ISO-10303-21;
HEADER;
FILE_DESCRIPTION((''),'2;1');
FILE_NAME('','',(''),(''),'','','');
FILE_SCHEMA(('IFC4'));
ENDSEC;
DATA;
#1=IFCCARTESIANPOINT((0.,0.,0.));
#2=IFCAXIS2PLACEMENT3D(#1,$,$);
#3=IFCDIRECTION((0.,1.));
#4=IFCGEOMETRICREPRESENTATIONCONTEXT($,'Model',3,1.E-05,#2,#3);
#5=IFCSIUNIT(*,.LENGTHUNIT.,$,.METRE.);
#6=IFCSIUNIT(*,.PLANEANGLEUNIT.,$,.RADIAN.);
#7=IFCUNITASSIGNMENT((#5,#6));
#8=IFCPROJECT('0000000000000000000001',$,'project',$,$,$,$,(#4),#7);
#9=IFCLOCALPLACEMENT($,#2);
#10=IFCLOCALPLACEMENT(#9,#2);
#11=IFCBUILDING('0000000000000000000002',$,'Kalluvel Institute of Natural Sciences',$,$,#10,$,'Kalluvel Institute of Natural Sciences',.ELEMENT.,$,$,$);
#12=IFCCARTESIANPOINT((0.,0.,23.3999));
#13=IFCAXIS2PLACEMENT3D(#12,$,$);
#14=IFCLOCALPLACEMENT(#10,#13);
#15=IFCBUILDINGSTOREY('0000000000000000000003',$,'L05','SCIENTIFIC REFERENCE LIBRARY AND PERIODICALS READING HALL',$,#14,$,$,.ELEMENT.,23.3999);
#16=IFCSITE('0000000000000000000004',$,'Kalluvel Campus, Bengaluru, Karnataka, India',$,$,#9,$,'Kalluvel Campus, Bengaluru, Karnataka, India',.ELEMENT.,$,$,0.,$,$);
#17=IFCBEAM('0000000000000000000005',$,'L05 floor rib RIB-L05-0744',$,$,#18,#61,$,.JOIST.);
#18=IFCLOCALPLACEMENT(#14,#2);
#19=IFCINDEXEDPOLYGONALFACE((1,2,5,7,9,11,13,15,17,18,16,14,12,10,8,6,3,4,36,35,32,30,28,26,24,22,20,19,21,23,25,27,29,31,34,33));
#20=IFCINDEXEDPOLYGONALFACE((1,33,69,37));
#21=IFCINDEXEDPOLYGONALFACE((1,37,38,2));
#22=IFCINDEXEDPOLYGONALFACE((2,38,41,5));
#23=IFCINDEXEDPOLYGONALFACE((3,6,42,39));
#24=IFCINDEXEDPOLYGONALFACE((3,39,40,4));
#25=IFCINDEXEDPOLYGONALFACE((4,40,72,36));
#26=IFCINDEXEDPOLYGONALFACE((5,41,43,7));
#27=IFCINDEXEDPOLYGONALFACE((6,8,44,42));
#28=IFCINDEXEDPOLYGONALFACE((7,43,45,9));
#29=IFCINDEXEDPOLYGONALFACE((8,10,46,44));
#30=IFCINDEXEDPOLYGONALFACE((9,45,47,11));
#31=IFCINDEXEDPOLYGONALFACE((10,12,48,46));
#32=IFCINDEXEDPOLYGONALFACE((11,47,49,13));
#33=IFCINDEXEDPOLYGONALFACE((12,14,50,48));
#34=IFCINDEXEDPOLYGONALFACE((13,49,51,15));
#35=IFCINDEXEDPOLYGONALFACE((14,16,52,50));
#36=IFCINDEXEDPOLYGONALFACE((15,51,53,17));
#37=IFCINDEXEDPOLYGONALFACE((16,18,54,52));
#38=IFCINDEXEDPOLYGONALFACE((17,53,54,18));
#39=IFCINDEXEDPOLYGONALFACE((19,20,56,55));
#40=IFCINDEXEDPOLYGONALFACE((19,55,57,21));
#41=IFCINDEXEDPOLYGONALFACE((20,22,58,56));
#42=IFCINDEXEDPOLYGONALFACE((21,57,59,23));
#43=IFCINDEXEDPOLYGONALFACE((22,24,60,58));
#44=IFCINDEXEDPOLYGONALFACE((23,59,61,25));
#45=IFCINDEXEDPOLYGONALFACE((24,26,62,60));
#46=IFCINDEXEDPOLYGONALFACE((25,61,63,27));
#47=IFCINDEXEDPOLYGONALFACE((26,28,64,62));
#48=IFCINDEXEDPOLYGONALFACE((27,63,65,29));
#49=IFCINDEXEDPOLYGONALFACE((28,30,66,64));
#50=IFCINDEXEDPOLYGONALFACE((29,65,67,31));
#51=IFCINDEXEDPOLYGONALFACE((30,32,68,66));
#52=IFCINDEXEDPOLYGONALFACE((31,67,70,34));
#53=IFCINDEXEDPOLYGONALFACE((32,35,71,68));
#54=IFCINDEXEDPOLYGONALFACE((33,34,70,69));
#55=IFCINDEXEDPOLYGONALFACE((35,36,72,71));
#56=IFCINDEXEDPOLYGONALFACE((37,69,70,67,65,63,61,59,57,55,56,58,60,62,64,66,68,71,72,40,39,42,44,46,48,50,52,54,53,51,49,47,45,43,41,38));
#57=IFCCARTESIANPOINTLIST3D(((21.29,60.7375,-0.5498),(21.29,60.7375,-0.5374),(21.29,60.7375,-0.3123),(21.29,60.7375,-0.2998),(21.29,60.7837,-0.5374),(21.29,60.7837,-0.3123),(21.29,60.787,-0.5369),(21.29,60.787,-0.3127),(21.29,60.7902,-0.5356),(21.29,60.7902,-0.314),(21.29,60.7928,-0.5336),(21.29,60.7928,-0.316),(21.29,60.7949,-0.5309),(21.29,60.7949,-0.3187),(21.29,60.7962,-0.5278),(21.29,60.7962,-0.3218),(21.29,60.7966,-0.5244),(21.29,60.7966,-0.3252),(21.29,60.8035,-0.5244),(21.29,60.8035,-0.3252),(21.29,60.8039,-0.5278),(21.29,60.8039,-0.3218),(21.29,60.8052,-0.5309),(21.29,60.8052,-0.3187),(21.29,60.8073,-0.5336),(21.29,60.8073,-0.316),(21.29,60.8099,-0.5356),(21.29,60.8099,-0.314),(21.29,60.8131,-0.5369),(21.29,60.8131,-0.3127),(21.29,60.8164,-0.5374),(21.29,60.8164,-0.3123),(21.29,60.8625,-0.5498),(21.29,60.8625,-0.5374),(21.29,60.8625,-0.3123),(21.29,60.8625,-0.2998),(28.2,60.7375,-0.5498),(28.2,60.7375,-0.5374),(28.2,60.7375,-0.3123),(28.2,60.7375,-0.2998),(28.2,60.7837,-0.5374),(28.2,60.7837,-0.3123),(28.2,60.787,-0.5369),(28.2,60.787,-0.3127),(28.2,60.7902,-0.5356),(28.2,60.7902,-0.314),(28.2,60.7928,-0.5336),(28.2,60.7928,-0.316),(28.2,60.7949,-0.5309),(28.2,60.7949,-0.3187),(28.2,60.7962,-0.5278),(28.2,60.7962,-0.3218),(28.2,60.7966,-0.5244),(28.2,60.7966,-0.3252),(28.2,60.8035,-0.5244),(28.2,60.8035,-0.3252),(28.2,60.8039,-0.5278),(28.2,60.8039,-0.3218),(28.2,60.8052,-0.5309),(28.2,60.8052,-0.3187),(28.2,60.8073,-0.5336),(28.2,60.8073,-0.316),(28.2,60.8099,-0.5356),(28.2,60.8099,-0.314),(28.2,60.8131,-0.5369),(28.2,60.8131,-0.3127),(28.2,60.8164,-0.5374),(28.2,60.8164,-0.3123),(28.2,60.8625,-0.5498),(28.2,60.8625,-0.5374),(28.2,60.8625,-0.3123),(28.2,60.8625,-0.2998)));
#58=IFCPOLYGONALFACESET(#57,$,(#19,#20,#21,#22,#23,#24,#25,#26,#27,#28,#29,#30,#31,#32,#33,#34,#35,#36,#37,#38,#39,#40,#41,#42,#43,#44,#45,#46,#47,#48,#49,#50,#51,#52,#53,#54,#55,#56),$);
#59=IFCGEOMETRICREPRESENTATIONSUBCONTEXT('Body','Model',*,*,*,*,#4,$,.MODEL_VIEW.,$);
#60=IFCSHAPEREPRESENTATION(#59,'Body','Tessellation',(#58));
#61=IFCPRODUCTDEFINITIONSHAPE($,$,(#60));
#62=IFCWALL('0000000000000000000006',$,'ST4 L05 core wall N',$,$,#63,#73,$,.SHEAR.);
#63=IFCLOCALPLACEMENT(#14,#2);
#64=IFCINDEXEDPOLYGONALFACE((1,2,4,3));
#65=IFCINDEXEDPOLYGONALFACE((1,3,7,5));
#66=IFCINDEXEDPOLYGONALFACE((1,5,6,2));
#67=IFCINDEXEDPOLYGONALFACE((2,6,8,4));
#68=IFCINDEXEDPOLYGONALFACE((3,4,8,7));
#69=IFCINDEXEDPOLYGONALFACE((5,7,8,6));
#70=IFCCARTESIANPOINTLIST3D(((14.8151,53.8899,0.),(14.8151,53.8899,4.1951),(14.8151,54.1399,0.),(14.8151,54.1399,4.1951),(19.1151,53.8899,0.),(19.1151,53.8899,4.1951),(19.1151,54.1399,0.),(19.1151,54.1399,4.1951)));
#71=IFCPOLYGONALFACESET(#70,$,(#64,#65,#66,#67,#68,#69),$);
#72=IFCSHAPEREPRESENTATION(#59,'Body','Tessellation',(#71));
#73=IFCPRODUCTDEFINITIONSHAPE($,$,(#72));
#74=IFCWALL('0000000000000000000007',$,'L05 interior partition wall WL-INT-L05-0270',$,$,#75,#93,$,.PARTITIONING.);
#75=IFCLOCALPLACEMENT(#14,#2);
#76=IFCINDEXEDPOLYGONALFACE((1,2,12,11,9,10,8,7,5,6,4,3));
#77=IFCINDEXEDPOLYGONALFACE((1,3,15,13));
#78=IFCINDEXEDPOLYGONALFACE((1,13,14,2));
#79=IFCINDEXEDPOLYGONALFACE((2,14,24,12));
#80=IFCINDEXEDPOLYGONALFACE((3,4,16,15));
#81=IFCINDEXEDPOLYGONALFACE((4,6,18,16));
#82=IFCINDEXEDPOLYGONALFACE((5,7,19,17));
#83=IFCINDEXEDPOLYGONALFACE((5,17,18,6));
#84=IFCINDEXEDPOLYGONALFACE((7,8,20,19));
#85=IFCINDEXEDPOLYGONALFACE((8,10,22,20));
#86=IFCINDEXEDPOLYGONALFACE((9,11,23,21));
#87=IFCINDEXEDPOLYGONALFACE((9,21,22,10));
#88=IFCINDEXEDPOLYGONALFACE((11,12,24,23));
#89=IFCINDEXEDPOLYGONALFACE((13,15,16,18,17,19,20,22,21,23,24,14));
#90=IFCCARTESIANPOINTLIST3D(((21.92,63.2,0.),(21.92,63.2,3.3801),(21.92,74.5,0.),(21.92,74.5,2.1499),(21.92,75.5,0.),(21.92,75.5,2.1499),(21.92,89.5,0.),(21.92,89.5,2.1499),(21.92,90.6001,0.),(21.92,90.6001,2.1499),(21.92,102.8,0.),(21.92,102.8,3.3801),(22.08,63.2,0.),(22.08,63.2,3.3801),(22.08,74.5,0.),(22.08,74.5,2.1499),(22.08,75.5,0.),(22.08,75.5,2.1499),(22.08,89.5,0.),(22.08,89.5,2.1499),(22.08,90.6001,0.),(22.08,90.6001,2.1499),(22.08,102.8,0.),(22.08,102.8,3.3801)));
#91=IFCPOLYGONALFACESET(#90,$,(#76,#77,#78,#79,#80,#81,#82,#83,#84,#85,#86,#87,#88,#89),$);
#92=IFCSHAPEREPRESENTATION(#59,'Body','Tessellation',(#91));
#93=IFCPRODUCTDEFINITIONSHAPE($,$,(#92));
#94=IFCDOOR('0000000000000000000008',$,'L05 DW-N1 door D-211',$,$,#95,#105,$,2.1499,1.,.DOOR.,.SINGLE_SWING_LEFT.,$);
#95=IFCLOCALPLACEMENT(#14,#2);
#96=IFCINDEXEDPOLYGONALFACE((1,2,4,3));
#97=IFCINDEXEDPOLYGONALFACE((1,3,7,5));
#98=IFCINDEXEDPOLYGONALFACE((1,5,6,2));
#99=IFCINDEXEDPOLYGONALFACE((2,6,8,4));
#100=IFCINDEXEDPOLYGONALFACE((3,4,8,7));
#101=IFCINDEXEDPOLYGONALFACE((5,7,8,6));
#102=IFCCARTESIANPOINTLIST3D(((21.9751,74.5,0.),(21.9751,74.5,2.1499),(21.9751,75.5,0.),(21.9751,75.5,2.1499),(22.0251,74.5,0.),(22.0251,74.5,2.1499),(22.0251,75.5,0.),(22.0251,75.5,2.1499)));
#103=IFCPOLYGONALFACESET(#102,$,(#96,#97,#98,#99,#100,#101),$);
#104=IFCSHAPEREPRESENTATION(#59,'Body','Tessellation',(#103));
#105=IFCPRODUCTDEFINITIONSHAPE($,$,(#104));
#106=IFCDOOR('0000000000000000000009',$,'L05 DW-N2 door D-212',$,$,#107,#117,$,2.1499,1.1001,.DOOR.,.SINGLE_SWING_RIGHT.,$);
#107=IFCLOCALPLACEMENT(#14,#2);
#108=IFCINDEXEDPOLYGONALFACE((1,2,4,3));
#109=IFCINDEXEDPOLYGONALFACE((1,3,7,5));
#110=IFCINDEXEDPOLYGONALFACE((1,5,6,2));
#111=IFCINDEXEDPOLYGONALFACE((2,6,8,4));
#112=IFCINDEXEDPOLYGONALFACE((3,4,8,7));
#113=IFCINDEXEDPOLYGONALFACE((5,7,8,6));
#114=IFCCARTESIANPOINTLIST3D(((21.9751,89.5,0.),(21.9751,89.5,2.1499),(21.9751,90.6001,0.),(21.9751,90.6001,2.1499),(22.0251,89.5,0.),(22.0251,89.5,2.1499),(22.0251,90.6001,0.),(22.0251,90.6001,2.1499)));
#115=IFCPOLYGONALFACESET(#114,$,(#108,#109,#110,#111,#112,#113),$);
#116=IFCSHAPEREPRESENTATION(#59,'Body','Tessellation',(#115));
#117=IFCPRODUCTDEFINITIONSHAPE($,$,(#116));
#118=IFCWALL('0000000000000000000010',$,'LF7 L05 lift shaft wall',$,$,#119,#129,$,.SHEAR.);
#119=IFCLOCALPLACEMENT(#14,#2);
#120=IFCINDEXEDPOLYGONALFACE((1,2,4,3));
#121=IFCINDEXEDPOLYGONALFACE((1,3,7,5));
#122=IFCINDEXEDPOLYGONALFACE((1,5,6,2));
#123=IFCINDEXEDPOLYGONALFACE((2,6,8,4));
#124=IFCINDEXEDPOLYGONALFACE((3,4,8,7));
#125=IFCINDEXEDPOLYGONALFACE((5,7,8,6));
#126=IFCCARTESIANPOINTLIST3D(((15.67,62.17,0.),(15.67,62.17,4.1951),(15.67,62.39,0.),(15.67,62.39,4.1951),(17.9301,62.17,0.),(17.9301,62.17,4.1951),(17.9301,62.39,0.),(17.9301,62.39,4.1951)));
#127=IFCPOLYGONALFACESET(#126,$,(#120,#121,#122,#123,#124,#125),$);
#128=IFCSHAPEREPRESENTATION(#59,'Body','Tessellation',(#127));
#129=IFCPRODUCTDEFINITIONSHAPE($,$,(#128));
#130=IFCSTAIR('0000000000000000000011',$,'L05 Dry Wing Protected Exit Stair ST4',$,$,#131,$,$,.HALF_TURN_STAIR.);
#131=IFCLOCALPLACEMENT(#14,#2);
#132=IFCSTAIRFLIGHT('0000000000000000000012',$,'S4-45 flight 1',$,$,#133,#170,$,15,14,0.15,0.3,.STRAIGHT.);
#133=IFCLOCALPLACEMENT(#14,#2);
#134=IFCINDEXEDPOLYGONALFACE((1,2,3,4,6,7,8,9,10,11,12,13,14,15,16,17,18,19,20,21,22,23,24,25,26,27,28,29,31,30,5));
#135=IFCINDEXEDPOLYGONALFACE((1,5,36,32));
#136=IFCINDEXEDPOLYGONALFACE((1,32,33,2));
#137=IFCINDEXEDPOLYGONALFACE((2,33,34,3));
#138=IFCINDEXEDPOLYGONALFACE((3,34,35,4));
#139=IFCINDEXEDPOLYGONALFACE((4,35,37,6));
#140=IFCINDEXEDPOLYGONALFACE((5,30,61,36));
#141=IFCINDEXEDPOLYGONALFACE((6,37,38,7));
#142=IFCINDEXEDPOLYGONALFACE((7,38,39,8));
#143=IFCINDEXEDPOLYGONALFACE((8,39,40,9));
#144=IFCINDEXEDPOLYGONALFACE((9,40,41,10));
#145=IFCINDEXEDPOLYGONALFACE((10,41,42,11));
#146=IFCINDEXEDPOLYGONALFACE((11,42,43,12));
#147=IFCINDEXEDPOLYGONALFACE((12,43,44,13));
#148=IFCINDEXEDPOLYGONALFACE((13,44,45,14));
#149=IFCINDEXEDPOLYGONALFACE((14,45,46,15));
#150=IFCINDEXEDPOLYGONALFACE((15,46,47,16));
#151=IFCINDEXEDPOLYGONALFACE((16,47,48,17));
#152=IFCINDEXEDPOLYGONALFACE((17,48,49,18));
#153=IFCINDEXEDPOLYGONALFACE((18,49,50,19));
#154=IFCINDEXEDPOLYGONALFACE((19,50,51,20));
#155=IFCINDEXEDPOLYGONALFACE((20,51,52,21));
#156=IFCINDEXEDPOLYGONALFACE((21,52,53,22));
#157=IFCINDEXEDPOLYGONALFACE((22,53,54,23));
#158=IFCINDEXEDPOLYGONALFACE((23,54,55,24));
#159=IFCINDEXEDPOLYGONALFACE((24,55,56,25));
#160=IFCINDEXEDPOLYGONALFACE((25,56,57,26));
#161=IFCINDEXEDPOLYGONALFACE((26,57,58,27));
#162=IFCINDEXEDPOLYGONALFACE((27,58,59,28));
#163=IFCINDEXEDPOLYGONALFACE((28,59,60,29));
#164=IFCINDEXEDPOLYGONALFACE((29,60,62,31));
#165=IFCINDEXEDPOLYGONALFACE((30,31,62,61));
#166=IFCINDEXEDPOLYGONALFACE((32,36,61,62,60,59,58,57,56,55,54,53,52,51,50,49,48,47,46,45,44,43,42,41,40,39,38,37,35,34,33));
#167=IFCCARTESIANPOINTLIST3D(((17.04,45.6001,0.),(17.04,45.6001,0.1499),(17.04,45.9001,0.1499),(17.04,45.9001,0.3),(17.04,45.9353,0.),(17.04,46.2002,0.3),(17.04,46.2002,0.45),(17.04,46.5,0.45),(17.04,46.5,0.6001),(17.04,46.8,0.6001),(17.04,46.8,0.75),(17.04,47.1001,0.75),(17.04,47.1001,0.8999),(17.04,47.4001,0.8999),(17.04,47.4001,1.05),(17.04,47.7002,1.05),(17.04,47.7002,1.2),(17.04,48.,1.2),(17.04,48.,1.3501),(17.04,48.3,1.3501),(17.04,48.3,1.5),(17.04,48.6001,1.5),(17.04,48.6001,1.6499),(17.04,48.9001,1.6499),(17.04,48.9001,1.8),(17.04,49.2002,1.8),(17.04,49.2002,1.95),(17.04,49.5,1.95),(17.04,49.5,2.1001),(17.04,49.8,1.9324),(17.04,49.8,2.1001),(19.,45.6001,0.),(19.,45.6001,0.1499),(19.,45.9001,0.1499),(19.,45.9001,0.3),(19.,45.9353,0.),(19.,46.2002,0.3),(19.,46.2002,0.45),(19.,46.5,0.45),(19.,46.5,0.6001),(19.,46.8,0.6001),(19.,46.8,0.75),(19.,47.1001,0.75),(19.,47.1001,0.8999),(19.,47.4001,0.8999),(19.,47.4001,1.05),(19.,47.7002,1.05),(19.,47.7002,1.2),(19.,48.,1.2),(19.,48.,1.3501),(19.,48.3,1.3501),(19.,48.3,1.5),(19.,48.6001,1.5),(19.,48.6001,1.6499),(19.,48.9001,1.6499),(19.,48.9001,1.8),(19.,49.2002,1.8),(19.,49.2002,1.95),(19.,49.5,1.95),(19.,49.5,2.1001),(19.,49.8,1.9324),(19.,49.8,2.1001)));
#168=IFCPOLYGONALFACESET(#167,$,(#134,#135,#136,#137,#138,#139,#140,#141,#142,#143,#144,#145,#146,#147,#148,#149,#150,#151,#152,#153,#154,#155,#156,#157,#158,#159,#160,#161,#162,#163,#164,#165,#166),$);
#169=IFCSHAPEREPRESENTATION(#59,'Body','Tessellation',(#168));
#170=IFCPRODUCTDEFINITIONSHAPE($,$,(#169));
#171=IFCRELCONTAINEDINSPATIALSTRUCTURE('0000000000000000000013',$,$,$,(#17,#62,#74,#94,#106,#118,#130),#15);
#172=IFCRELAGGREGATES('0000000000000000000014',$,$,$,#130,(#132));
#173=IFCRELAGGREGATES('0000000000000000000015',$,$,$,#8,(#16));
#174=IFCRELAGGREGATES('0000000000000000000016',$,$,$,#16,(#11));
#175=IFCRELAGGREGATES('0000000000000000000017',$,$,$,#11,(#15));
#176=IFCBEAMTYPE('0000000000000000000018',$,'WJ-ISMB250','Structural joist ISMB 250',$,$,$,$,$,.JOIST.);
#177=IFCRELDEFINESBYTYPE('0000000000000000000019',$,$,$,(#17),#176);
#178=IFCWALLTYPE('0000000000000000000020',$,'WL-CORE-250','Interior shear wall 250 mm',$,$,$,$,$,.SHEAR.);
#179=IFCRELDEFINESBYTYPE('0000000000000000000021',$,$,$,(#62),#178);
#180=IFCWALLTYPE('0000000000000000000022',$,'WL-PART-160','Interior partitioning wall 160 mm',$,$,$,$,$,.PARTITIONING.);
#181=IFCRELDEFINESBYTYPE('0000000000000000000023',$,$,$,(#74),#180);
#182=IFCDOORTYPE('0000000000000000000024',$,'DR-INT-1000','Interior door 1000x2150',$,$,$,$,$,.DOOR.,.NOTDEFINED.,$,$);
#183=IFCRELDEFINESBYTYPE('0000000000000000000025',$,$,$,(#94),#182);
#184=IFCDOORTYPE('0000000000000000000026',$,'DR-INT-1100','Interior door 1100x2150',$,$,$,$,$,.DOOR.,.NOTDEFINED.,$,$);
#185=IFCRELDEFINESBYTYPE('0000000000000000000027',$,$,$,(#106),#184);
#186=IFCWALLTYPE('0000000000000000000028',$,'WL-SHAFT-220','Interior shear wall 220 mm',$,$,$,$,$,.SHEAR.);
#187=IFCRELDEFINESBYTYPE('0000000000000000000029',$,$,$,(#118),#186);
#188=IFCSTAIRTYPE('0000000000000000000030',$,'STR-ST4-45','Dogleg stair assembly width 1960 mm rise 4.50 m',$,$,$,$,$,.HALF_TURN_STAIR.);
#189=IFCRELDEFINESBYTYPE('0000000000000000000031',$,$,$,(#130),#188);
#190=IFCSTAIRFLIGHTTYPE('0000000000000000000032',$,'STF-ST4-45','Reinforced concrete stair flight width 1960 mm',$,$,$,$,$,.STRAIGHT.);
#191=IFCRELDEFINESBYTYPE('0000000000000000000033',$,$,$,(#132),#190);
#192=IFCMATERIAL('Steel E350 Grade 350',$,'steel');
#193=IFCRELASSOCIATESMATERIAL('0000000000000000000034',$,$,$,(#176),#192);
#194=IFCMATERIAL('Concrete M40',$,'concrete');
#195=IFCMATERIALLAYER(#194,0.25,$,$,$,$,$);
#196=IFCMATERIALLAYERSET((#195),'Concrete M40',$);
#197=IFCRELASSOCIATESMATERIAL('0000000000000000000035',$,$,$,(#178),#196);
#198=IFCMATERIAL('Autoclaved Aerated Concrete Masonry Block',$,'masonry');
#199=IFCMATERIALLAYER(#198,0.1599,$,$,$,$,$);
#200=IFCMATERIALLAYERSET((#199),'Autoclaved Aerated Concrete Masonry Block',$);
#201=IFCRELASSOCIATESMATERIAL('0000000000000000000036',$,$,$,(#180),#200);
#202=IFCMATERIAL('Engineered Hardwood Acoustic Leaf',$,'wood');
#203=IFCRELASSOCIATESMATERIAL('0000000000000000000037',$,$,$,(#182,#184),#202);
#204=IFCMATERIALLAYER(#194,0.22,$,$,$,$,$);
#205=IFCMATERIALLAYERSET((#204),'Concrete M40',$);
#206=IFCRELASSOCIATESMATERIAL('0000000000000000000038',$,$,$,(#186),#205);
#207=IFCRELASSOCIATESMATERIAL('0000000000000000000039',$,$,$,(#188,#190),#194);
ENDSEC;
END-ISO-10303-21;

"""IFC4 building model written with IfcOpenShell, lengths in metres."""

from ifc_helpers import new_model, si_unit, direction, frame, frame_2d, origin, origin_2d, place, context, subcontext, project, spatial, polyline, rectangle, i_section, outline, extrude, material, layer, layer_set, material_profile, profile_set, type_object, element, fill, aggregate, save


model = new_model("IFC4")

# Units and contexts
model_context = context("Model", 3, precision=1e-05, world=origin(), true_north=direction((0.0, 1.0)))
body_context = subcontext(model_context, "Body", "Model", "MODEL_VIEW")
ifc_project = project(units=[si_unit("LENGTHUNIT", "METRE"), si_unit("PLANEANGLEUNIT", "RADIAN")], contexts=[model_context])

# Site, building, storey
site_placement = place(None, origin())
site = spatial("IfcSite", under=ifc_project, at=site_placement, Name="Kalluvel Campus, Bengaluru, Karnataka, India", LongName="Kalluvel Campus, Bengaluru, Karnataka, India", CompositionType="ELEMENT", RefElevation=0.0)
building_placement = place(site_placement, origin())
building = spatial("IfcBuilding", under=site, at=building_placement, Name="Kalluvel Institute of Natural Sciences", LongName="Kalluvel Institute of Natural Sciences", CompositionType="ELEMENT")
storey_placement = place(building_placement, frame((0.0, 0.0, 23.3999)))
storey = spatial("IfcBuildingStorey", under=building, at=storey_placement, Name="L05", Description="SCIENTIFIC REFERENCE LIBRARY AND PERIODICALS READING HALL", CompositionType="ELEMENT", Elevation=23.3999)

# Shared definitions
ifc_material_1 = material(Name="Concrete M40", Category="concrete")

# Beam
ifc_material_2 = material(Name="Steel E350 Grade 350", Category="steel")
ifc_material_profile_1 = material_profile(ifc_material_2, i_section(OverallWidth=0.125, OverallDepth=0.25, WebThickness=0.0068, FlangeThickness=0.0125, FilletRadius=0.0129, at=origin_2d()), Name="ISMB 250")
ifc_profile_set_1 = profile_set([ifc_material_profile_1], Name="Steel E350 Grade 350")
beam_type_1 = type_object("IfcBeamType", Name="WJ-ISMB250", Description="Structural joist ISMB 250", PredefinedType="JOIST", material=ifc_profile_set_1)
beam_1_placement = place(storey_placement, frame((21.29, 60.8, -0.4248), z_axis=(1.0, 0.0, 0.0), x_axis=(0.0, 1.0, 0.0)))
element("IfcBeam", 1, at=beam_1_placement, inside=storey, type_object=beam_type_1, Name="L05 floor rib RIB-L05-0744", PredefinedType="JOIST", context=body_context, shape_type="SweptSolid", body=[
    extrude(i_section(OverallWidth=0.125, OverallDepth=0.25, WebThickness=0.0068, FlangeThickness=0.0125, FilletRadius=0.0129, at=origin_2d()), origin(), (0.0, 0.0, 1.0), 6.9099),
])

# Wall
ifc_layer_1 = layer(ifc_material_1, 0.25)
ifc_layer_set_1 = layer_set([ifc_layer_1], Name="Concrete M40")
wall_type_1 = type_object("IfcWallType", Name="WL-CORE-250", Description="Interior shear wall 250 mm", PredefinedType="SHEAR", material=ifc_layer_set_1)
wall_1_placement = place(storey_placement, frame((19.115, 54.0149, 0.0), z_axis=(0.0, 0.0, 1.0), x_axis=(-1.0, 0.0, 0.0)))
element("IfcWall", 2, at=wall_1_placement, inside=storey, type_object=wall_type_1, Name="ST4 L05 core wall N", PredefinedType="SHEAR", context=body_context, shape_type="SweptSolid", body=[
    extrude(rectangle(XDim=4.3, YDim=0.25, at=frame_2d((2.1499, 0.0))), origin(), (0.0, 0.0, 1.0), 4.1951),
])

# Wall, openings, doors
ifc_material_3 = material(Name="Autoclaved Aerated Concrete Masonry Block", Category="masonry")
ifc_layer_2 = layer(ifc_material_3, 0.1599)
ifc_layer_set_2 = layer_set([ifc_layer_2], Name="Autoclaved Aerated Concrete Masonry Block")
wall_type_2 = type_object("IfcWallType", Name="WL-PART-160", Description="Interior partitioning wall 160 mm", PredefinedType="PARTITIONING", material=ifc_layer_set_2)
wall_2_placement = place(storey_placement, frame((22.0, 63.2, 0.0), z_axis=(0.0, 0.0, 1.0), x_axis=(0.0, 1.0, 0.0)))
wall_2 = element("IfcWall", 3, at=wall_2_placement, inside=storey, type_object=wall_type_2, Name="L05 interior partition wall WL-INT-L05-0270", PredefinedType="PARTITIONING", context=body_context, shape_type="SweptSolid", body=[
    extrude(rectangle(XDim=39.6001, YDim=0.1599, at=frame_2d((19.8, 0.0))), origin(), (0.0, 0.0, 1.0), 3.3801),
])
opening_1_placement = place(wall_2_placement, frame((11.3, 0.0, 0.0)))
opening_1 = element("IfcOpeningElement", 4, at=opening_1_placement, cuts=wall_2, PredefinedType="OPENING", context=body_context, shape_type="SweptSolid", body=[
    extrude(rectangle(XDim=1.0, YDim=2.1499, at=frame_2d((0.5, 1.075))), frame((0.0, 0.0898, 0.0), z_axis=(0.0, -1.0, 0.0), x_axis=(1.0, 0.0, 0.0)), (0.0, 0.0, 1.0), 0.1799),
])
opening_2_placement = place(wall_2_placement, frame((26.3, 0.0, 0.0)))
opening_2 = element("IfcOpeningElement", 5, at=opening_2_placement, cuts=wall_2, PredefinedType="OPENING", context=body_context, shape_type="SweptSolid", body=[
    extrude(rectangle(XDim=1.1001, YDim=2.1499, at=frame_2d((0.55, 1.075))), frame((0.0, 0.0898, 0.0), z_axis=(0.0, -1.0, 0.0), x_axis=(1.0, 0.0, 0.0)), (0.0, 0.0, 1.0), 0.1799),
])
ifc_material_4 = material(Name="Engineered Hardwood Acoustic Leaf", Category="wood")
door_type_1 = type_object("IfcDoorType", Name="DR-INT-1000", Description="Interior door 1000x2150", OperationType="NOTDEFINED", PredefinedType="DOOR", material=ifc_material_4)
door_1_placement = place(opening_1_placement, origin())
door_1 = element("IfcDoor", 6, at=door_1_placement, inside=storey, type_object=door_type_1, Name="L05 DW-N1 door D-211", OperationType="SINGLE_SWING_LEFT", OverallHeight=2.1499, OverallWidth=1.0, PredefinedType="DOOR", context=body_context, shape_type="SweptSolid", body=[
    extrude(rectangle(XDim=1.0, YDim=2.1499, at=frame_2d((0.5, 1.075))), frame((0.0, 0.0249, 0.0), z_axis=(0.0, -1.0, 0.0), x_axis=(1.0, 0.0, 0.0)), (0.0, 0.0, 1.0), 0.05),
])
fill(opening_1, door_1)
door_type_2 = type_object("IfcDoorType", Name="DR-INT-1100", Description="Interior door 1100x2150", OperationType="NOTDEFINED", PredefinedType="DOOR", material=ifc_material_4)
door_2_placement = place(opening_2_placement, origin())
door_2 = element("IfcDoor", 7, at=door_2_placement, inside=storey, type_object=door_type_2, Name="L05 DW-N2 door D-212", OperationType="SINGLE_SWING_RIGHT", OverallHeight=2.1499, OverallWidth=1.1001, PredefinedType="DOOR", context=body_context, shape_type="SweptSolid", body=[
    extrude(rectangle(XDim=1.1001, YDim=2.1499, at=frame_2d((0.55, 1.075))), frame((0.0, 0.0249, 0.0), z_axis=(0.0, -1.0, 0.0), x_axis=(1.0, 0.0, 0.0)), (0.0, 0.0, 1.0), 0.05),
])
fill(opening_2, door_2)

# Shared definitions
ifc_layer_3 = layer(ifc_material_1, 0.22)
ifc_layer_set_3 = layer_set([ifc_layer_3], Name="Concrete M40")
wall_type_3 = type_object("IfcWallType", Name="WL-SHAFT-220", Description="Interior shear wall 220 mm", PredefinedType="SHEAR", material=ifc_layer_set_3)

# Wall
wall_3_placement = place(storey_placement, frame((17.9299, 62.28, 0.0), z_axis=(0.0, 0.0, 1.0), x_axis=(-1.0, 0.0, 0.0)))
element("IfcWall", 8, at=wall_3_placement, inside=storey, type_object=wall_type_3, Name="LF7 L05 lift shaft wall", PredefinedType="SHEAR", context=body_context, shape_type="SweptSolid", body=[
    extrude(rectangle(XDim=2.26, YDim=0.22, at=frame_2d((1.1299, 0.0))), origin(), (0.0, 0.0, 1.0), 4.1951),
])

# Stair, stair flight
stair_type = type_object("IfcStairType", Name="STR-ST4-45", Description="Dogleg stair assembly width 1960 mm rise 4.50 m", PredefinedType="HALF_TURN_STAIR", material=ifc_material_1)
stair_placement = place(storey_placement, origin())
stair = element("IfcStair", 9, at=stair_placement, inside=storey, type_object=stair_type, Name="L05 Dry Wing Protected Exit Stair ST4", PredefinedType="HALF_TURN_STAIR")
stair_flight_type = type_object("IfcStairFlightType", Name="STF-ST4-45", Description="Reinforced concrete stair flight width 1960 mm", PredefinedType="STRAIGHT", material=ifc_material_1)
stair_flight_placement = place(storey_placement, frame((18.02, 45.6001, 0.0), z_axis=(0.0, 0.0, 1.0), x_axis=(0.0, 1.0, 0.0)))
stair_flight = element("IfcStairFlight", 10, at=stair_flight_placement, type_object=stair_flight_type, Name="S4-45 flight 1", NumberOfRisers=15, NumberOfTreads=14, PredefinedType="STRAIGHT", RiserHeight=0.15, TreadLength=0.3, context=body_context, shape_type="SweptSolid", body=[
    extrude(outline(polyline([(0.0, 0.0), (0.0, 0.1499), (0.3, 0.1499), (0.3, 0.3), (0.6001, 0.3), (0.6001, 0.45), (0.8999, 0.45), (0.8999, 0.6001), (1.2, 0.6001), (1.2, 0.75), (1.5, 0.75), (1.5, 0.8999), (1.8, 0.8999), (1.8, 1.05), (2.1001, 1.05), (2.1001, 1.2), (2.3999, 1.2), (2.3999, 1.3501), (2.7, 1.3501), (2.7, 1.5), (3.0, 1.5), (3.0, 1.6499), (3.3, 1.6499), (3.3, 1.8), (3.6001, 1.8), (3.6001, 1.95), (3.8999, 1.95), (3.8999, 2.1001), (4.2, 2.1001), (4.2, 2.25), (4.2, 1.9324), (0.3352, 0.0), (0.0, 0.0)])), frame((0.0, 0.98, 0.0), z_axis=(0.0, -1.0, 0.0), x_axis=(1.0, 0.0, 0.0)), (0.0, 0.0, 1.0), 1.96),
])
aggregate(stair, [stair_flight])

save(model, "model.ifc")
